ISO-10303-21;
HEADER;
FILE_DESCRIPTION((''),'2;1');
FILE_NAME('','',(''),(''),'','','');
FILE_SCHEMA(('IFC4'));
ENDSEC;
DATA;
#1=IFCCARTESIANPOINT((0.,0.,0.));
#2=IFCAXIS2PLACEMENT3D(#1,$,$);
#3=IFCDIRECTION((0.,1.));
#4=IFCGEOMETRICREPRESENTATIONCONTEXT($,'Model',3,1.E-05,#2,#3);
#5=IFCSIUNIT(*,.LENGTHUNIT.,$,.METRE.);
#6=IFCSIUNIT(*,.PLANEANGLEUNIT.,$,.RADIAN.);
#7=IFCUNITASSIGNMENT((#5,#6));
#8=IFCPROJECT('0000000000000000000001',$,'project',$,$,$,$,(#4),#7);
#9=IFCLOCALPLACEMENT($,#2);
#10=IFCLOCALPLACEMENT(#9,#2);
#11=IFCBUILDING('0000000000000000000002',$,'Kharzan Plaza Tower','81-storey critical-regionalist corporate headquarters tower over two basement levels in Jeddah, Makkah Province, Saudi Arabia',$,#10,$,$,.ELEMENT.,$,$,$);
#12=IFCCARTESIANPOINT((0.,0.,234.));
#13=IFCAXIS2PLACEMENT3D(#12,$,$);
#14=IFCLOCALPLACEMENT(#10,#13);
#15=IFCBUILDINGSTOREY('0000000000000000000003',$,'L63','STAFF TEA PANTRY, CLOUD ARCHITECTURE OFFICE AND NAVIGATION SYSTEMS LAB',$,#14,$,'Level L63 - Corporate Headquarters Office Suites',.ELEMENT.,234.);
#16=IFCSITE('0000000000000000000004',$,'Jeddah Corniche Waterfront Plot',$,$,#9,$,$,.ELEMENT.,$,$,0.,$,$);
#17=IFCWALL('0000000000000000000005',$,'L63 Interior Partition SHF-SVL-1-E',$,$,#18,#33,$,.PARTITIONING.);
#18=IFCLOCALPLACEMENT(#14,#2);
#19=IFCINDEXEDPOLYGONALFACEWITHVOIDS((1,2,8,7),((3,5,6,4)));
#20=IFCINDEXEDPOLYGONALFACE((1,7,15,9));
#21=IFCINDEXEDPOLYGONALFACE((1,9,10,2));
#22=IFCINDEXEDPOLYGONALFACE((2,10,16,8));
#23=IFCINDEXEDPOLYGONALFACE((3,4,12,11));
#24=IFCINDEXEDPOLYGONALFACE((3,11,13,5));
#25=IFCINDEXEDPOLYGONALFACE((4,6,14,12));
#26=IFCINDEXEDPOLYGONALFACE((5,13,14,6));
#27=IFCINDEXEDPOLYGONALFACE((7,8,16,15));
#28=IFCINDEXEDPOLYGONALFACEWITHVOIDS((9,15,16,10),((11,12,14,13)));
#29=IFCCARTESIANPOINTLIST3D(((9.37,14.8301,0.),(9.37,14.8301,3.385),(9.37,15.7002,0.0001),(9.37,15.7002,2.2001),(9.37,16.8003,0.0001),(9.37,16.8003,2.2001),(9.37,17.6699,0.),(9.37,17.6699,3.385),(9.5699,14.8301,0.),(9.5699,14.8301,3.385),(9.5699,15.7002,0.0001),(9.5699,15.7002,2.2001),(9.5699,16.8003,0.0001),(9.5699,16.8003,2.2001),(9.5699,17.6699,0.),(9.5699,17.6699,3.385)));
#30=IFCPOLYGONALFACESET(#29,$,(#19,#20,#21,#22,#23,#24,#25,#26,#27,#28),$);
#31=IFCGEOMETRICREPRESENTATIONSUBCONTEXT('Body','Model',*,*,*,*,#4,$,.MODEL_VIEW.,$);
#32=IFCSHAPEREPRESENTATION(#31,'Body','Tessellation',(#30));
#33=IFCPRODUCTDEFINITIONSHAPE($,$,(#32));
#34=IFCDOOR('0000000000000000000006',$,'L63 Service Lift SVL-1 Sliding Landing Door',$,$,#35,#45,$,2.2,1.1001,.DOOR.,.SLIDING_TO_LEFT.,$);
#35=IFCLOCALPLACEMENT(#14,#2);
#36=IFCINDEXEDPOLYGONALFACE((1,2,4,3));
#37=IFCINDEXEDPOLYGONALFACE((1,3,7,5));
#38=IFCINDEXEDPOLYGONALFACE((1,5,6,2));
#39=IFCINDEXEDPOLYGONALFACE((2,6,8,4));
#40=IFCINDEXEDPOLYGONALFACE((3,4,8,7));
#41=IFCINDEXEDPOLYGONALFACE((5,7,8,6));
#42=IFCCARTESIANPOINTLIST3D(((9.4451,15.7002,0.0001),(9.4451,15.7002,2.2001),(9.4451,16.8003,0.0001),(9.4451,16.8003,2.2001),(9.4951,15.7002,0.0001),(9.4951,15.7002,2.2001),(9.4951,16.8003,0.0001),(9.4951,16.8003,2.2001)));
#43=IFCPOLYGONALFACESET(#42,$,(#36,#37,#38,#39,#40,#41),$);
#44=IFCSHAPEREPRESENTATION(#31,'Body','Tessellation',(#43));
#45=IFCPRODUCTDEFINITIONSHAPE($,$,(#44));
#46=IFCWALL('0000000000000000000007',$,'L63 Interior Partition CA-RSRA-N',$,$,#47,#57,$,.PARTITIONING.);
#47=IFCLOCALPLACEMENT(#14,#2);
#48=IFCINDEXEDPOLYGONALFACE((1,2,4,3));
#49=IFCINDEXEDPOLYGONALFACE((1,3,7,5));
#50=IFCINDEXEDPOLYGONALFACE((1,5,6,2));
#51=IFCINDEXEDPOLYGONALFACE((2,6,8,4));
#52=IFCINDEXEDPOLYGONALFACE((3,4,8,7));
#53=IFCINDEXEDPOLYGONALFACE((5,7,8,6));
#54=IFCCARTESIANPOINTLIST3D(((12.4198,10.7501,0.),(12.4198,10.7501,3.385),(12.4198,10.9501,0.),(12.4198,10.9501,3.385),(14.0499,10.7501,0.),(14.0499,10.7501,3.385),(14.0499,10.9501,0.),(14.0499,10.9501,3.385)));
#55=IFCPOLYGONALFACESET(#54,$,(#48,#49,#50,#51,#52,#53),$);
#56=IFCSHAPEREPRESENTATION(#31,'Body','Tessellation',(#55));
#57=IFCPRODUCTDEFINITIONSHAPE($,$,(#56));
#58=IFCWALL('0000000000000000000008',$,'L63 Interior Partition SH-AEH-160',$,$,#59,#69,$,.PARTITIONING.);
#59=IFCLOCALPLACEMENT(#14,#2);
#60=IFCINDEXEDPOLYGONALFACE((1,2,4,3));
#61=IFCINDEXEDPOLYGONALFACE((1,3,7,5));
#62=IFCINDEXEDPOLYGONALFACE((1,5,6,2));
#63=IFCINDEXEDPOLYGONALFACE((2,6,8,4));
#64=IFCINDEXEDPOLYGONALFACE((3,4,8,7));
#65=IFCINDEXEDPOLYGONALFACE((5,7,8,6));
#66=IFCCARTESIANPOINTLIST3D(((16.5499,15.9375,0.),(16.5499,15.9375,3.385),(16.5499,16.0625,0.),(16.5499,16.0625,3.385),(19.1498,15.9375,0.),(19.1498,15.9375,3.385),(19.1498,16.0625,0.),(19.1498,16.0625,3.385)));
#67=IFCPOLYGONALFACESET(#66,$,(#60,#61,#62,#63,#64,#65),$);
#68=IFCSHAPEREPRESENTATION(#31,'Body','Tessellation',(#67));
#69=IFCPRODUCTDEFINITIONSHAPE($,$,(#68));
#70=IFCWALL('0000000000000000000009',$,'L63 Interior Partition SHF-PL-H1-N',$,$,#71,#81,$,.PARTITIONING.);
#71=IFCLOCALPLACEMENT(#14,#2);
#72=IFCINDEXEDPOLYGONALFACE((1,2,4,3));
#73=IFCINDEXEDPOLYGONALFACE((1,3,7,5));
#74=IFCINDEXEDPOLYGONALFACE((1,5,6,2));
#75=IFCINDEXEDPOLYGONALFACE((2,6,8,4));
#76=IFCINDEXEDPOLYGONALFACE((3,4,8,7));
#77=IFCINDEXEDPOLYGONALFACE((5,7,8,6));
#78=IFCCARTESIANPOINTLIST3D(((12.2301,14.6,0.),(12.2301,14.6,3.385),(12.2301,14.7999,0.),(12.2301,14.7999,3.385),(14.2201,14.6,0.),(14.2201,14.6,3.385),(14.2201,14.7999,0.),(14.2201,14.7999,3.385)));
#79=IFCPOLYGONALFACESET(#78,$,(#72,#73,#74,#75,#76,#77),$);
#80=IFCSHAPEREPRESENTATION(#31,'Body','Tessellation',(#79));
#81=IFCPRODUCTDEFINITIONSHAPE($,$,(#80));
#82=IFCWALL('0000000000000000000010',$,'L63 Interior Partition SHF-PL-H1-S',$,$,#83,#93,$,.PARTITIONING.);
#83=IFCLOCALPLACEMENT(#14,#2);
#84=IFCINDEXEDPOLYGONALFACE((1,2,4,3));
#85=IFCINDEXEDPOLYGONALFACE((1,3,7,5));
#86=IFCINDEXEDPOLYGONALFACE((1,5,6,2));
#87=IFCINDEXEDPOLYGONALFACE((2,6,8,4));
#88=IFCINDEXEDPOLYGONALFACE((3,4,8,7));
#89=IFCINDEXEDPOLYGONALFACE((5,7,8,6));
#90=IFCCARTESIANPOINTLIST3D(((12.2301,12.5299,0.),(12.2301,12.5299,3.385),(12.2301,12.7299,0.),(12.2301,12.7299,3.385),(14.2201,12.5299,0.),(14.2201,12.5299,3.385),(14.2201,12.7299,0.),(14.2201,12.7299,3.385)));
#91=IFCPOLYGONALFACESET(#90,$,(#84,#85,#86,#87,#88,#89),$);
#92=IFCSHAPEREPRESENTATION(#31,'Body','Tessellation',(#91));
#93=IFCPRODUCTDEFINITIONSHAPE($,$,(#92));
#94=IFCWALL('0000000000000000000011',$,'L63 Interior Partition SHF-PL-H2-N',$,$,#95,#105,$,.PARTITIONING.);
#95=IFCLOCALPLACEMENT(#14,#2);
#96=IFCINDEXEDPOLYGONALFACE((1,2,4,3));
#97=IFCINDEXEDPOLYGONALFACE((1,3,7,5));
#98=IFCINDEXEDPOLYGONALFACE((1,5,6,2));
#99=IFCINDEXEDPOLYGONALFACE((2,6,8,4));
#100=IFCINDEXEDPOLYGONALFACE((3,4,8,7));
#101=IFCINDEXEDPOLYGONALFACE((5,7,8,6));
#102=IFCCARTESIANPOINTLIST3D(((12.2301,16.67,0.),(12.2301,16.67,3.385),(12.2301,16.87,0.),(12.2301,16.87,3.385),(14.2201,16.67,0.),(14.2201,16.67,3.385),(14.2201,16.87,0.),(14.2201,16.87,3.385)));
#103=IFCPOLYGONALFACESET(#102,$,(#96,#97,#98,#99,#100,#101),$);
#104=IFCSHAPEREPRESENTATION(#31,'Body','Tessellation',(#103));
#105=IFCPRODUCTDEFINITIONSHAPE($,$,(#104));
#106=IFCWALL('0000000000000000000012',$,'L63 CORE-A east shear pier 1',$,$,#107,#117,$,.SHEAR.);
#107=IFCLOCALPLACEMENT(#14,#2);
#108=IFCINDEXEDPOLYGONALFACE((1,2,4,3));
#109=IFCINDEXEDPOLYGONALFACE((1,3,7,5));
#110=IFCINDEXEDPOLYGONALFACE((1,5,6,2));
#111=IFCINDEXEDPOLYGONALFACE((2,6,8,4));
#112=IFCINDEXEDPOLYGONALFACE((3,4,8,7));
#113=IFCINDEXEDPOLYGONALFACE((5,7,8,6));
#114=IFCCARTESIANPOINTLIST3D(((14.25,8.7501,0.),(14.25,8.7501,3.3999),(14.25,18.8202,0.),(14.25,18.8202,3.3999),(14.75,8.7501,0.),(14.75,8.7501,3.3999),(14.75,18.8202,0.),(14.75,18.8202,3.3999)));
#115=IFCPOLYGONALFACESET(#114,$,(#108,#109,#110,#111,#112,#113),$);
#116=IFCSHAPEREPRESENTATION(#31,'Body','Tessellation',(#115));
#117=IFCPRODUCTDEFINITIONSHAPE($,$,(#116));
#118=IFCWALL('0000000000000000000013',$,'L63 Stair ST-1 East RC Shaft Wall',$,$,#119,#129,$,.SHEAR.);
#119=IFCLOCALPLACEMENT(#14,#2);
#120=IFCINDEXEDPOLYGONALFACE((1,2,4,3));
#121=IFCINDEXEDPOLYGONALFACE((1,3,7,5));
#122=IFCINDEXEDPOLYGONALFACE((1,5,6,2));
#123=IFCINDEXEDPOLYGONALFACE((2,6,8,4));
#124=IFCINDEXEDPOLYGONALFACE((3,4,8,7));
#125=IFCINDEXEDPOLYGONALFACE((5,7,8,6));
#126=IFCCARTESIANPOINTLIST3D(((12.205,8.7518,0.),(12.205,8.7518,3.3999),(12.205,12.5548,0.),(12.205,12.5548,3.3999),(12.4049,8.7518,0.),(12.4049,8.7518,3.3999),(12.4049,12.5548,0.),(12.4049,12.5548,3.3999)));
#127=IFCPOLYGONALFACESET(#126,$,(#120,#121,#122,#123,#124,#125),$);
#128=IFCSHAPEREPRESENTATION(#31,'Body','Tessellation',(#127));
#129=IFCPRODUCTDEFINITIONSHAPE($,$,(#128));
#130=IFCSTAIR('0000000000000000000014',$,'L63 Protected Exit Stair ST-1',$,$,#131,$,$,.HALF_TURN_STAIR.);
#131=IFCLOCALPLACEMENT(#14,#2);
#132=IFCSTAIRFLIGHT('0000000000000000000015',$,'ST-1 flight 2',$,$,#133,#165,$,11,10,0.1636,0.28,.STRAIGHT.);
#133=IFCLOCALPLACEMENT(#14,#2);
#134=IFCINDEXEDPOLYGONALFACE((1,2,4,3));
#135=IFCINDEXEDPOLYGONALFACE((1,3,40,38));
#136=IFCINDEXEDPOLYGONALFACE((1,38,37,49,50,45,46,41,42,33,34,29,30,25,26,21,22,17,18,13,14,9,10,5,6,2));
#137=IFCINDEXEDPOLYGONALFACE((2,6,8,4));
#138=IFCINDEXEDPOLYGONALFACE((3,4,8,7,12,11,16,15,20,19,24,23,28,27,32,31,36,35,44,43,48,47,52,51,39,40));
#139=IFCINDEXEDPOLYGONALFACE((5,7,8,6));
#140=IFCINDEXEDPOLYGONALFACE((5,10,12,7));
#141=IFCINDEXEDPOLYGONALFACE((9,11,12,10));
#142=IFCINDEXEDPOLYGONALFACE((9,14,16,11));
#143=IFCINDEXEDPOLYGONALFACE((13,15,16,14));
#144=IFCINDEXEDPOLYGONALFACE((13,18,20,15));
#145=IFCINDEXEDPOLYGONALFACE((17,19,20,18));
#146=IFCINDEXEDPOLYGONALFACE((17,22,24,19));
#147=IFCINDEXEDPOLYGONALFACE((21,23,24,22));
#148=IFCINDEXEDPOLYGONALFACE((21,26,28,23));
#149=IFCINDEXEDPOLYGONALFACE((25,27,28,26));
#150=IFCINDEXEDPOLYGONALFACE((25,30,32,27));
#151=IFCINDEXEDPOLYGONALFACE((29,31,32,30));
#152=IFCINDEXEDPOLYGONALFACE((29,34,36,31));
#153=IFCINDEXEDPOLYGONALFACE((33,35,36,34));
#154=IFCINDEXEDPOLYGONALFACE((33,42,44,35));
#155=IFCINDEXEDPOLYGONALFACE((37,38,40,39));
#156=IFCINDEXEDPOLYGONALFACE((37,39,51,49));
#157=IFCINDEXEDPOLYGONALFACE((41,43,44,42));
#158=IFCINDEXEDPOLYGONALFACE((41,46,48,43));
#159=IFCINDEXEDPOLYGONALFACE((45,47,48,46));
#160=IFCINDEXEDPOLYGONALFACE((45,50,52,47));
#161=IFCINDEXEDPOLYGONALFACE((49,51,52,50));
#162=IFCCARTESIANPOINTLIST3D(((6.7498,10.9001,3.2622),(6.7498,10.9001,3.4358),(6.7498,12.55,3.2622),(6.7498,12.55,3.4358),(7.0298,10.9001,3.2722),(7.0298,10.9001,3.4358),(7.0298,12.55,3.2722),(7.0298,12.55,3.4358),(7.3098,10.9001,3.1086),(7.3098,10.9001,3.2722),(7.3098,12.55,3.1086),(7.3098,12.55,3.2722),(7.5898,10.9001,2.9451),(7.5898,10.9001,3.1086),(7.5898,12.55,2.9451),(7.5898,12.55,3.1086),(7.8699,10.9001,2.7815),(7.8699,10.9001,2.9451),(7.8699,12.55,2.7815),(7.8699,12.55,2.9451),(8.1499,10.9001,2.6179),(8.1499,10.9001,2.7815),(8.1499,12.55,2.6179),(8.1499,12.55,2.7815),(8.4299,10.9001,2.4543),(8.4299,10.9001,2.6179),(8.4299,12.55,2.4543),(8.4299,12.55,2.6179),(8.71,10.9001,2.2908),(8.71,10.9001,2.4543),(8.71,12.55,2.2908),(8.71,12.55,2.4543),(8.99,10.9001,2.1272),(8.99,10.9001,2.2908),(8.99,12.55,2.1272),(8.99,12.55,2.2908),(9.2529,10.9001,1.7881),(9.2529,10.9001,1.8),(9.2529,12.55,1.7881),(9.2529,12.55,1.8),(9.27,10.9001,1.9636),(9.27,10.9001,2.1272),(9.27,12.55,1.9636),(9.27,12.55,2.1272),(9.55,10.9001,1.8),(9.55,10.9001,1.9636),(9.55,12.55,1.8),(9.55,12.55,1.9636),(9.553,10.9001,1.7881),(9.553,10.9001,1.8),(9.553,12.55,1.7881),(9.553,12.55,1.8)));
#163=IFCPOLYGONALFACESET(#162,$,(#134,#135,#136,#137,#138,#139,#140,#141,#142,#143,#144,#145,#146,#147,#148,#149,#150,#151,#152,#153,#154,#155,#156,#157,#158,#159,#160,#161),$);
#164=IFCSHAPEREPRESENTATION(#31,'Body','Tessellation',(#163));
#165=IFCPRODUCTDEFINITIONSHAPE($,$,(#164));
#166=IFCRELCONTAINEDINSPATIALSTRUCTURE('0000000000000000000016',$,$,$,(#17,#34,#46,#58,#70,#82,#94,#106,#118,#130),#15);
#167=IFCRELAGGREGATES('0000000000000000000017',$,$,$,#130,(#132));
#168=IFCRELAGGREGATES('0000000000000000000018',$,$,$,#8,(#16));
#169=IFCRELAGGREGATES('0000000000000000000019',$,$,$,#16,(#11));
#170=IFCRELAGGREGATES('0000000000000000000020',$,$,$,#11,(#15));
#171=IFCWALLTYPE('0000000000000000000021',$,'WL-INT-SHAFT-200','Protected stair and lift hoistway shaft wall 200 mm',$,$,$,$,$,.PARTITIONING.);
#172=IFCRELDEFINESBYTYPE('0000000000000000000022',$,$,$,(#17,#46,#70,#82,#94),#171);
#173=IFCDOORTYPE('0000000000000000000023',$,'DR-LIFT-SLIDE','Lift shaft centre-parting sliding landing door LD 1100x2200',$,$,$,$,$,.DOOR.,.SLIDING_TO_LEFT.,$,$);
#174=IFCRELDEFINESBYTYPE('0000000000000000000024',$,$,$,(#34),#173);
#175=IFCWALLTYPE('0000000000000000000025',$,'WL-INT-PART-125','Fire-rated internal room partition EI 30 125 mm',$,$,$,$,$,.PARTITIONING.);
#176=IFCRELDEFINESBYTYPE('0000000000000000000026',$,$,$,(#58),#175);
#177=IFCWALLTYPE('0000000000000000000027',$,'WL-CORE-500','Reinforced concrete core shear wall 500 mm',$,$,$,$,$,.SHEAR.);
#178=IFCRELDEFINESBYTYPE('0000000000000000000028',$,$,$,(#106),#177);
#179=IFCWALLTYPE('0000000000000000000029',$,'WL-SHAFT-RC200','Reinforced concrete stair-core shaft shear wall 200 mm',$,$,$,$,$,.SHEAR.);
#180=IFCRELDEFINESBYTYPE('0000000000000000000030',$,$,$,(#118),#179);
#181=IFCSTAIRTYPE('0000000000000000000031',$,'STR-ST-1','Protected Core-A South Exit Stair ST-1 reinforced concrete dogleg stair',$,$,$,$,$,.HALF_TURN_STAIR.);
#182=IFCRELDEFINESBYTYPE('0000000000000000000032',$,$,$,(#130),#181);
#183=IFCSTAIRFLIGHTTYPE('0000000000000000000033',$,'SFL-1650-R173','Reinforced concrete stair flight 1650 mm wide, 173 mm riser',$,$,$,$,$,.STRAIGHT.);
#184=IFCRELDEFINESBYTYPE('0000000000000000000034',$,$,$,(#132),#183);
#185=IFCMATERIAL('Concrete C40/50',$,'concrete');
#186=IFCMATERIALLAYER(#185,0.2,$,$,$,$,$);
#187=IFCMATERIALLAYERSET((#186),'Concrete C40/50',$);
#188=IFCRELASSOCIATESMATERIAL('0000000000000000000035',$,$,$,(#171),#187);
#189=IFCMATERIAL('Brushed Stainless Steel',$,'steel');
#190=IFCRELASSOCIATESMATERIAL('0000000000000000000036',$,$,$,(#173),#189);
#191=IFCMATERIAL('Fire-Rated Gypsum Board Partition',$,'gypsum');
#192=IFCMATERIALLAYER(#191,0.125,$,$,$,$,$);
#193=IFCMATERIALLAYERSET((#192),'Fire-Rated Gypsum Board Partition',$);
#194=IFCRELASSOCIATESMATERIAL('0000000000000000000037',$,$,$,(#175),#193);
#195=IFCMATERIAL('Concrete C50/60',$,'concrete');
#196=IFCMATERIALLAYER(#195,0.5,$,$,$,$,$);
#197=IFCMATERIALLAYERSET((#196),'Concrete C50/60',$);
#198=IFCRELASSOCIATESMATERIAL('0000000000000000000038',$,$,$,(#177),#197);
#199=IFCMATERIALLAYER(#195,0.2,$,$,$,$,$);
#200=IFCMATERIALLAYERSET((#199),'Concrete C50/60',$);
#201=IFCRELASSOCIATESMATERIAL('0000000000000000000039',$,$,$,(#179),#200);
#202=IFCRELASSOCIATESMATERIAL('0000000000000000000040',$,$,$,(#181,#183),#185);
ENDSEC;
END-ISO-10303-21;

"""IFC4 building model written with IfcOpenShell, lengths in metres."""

from ifc_helpers import new_model, si_unit, direction, frame, frame_2d, origin, place, context, subcontext, project, spatial, polyline, rectangle, outline, extrude, source, transform, mapped, material, layer, layer_set, type_object, element, fill, aggregate, save


model = new_model("IFC4")

# Units and contexts
model_context = context("Model", 3, precision=1e-05, world=origin(), true_north=direction((0.0, 1.0)))
body_context = subcontext(model_context, "Body", "Model", "MODEL_VIEW")
ifc_project = project(units=[si_unit("LENGTHUNIT", "METRE"), si_unit("PLANEANGLEUNIT", "RADIAN")], contexts=[model_context])

# Site, building, storey
site_placement = place(None, origin())
site = spatial("IfcSite", under=ifc_project, at=site_placement, Name="Jeddah Corniche Waterfront Plot", CompositionType="ELEMENT", RefElevation=0.0)
building_placement = place(site_placement, origin())
building = spatial("IfcBuilding", under=site, at=building_placement, Name="Kharzan Plaza Tower", Description="81-storey critical-regionalist corporate headquarters tower over two basement levels in Jeddah, Makkah Province, Saudi Arabia", CompositionType="ELEMENT")
storey_placement = place(building_placement, frame((0.0, 0.0, 234.0)))
storey = spatial("IfcBuildingStorey", under=building, at=storey_placement, Name="L63", Description="STAFF TEA PANTRY, CLOUD ARCHITECTURE OFFICE AND NAVIGATION SYSTEMS LAB", LongName="Level L63 - Corporate Headquarters Office Suites", CompositionType="ELEMENT", Elevation=234.0)

# Wall, opening, door
ifc_material_1 = material(Name="Concrete C40/50", Category="concrete")
ifc_layer_1 = layer(ifc_material_1, 0.2)
ifc_layer_set_1 = layer_set([ifc_layer_1], Name="Concrete C40/50")
wall_type_1 = type_object("IfcWallType", Name="WL-INT-SHAFT-200", Description="Protected stair and lift hoistway shaft wall 200 mm", PredefinedType="PARTITIONING", material=ifc_layer_set_1)
ifc_material_2 = material(Name="Brushed Stainless Steel", Category="steel")
door_type = type_object("IfcDoorType", Name="DR-LIFT-SLIDE", Description="Lift shaft centre-parting sliding landing door LD 1100x2200", OperationType="SLIDING_TO_LEFT", PredefinedType="DOOR", material=ifc_material_2)
shared_shape_1 = source(origin(), body_context, "Body", "SweptSolid", [
    extrude(rectangle(XDim=1.1001, YDim=2.2, at=frame_2d((0.55, 1.1001))), frame((0.0, 0.0249, 0.0), z_axis=(0.0, -1.0, 0.0), x_axis=(1.0, 0.0, 0.0)), (0.0, 0.0, 1.0), 0.05),
])
wall_1_placement = place(storey_placement, frame((9.47, 14.8301, 0.0), z_axis=(0.0, 0.0, 1.0), x_axis=(0.0, 1.0, 0.0)))
wall_1 = element("IfcWall", 1, at=wall_1_placement, inside=storey, type_object=wall_type_1, Name="L63 Interior Partition SHF-SVL-1-E", PredefinedType="PARTITIONING", context=body_context, shape_type="SweptSolid", body=[
    extrude(rectangle(XDim=2.8398, YDim=0.2, at=frame_2d((1.4199, 0.0))), origin(), (0.0, 0.0, 1.0), 3.385),
])
opening_1_placement = place(wall_1_placement, frame((0.8701, 0.0, 0.0)))
opening_1 = element("IfcOpeningElement", 2, at=opening_1_placement, cuts=wall_1, PredefinedType="OPENING", context=body_context, shape_type="SweptSolid", body=[
    extrude(rectangle(XDim=1.1001, YDim=2.2, at=frame_2d((0.55, 1.1001))), frame((0.0, 0.1099, 0.0), z_axis=(0.0, -1.0, 0.0), x_axis=(1.0, 0.0, 0.0)), (0.0, 0.0, 1.0), 0.22),
])
door_1_placement = place(opening_1_placement, origin())
door_1 = element("IfcDoor", 3, at=door_1_placement, inside=storey, type_object=door_type, Name="L63 Service Lift SVL-1 Sliding Landing Door", OperationType="SLIDING_TO_LEFT", OverallHeight=2.2, OverallWidth=1.1001, PredefinedType="DOOR", context=body_context, shape_type="MappedRepresentation", body=[
    mapped(shared_shape_1, transform((0.0, 0.0, 0.0), x_axis=(1.0, 0.0, 0.0), y_axis=(0.0, 1.0, 0.0), z_axis=(0.0, 0.0, 1.0))),
])
fill(opening_1, door_1)

# Walls
shared_shape_2 = source(origin(), body_context, "Body", "SweptSolid", [
    extrude(rectangle(XDim=1.6301, YDim=0.2, at=frame_2d((0.8149, 0.0))), origin(), (0.0, 0.0, 1.0), 3.385),
])
wall_2_placement = place(storey_placement, frame((12.4199, 10.8501, 0.0), z_axis=(0.0, 0.0, 1.0), x_axis=(1.0, 0.0, 0.0)))
element("IfcWall", 4, at=wall_2_placement, inside=storey, type_object=wall_type_1, Name="L63 Interior Partition CA-RSRA-N", PredefinedType="PARTITIONING", context=body_context, shape_type="MappedRepresentation", body=[
    mapped(shared_shape_2, transform((0.0, 0.0, 0.0), x_axis=(1.0, 0.0, 0.0), y_axis=(0.0, 1.0, 0.0), z_axis=(0.0, 0.0, 1.0))),
])
ifc_material_3 = material(Name="Fire-Rated Gypsum Board Partition", Category="gypsum")
ifc_layer_2 = layer(ifc_material_3, 0.125)
ifc_layer_set_2 = layer_set([ifc_layer_2], Name="Fire-Rated Gypsum Board Partition")
wall_type_2 = type_object("IfcWallType", Name="WL-INT-PART-125", Description="Fire-rated internal room partition EI 30 125 mm", PredefinedType="PARTITIONING", material=ifc_layer_set_2)
shared_shape_3 = source(origin(), body_context, "Body", "SweptSolid", [
    extrude(rectangle(XDim=2.5999, YDim=0.125, at=frame_2d((1.2998, 0.0))), origin(), (0.0, 0.0, 1.0), 3.385),
])
wall_3_placement = place(storey_placement, frame((16.55, 16.0, 0.0), z_axis=(0.0, 0.0, 1.0), x_axis=(1.0, 0.0, 0.0)))
element("IfcWall", 5, at=wall_3_placement, inside=storey, type_object=wall_type_2, Name="L63 Interior Partition SH-AEH-160", PredefinedType="PARTITIONING", context=body_context, shape_type="MappedRepresentation", body=[
    mapped(shared_shape_3, transform((0.0, 0.0, 0.0), x_axis=(1.0, 0.0, 0.0), y_axis=(0.0, 1.0, 0.0), z_axis=(0.0, 0.0, 1.0))),
])
shared_shape_4 = source(origin(), body_context, "Body", "SweptSolid", [
    extrude(rectangle(XDim=1.99, YDim=0.2, at=frame_2d((0.9951, 0.0))), origin(), (0.0, 0.0, 1.0), 3.385),
])
for number, where, z_axis, x_axis, name in (
    (6, (12.23, 14.7, 0.0), (0.0, 0.0, 1.0), (1.0, 0.0, 0.0), "L63 Interior Partition SHF-PL-H1-N"),
    (7, (12.23, 12.6299, 0.0), (0.0, 0.0, 1.0), (1.0, 0.0, 0.0), "L63 Interior Partition SHF-PL-H1-S"),
    (8, (12.23, 16.77, 0.0), (0.0, 0.0, 1.0), (1.0, 0.0, 0.0), "L63 Interior Partition SHF-PL-H2-N"),
):
    element("IfcWall", number, at=place(storey_placement, frame(where, z_axis=z_axis, x_axis=x_axis)), inside=storey, type_object=wall_type_1, Name=name, PredefinedType="PARTITIONING", context=body_context, shape_type="MappedRepresentation", body=[
        mapped(shared_shape_4, transform((0.0, 0.0, 0.0), x_axis=(1.0, 0.0, 0.0), y_axis=(0.0, 1.0, 0.0), z_axis=(0.0, 0.0, 1.0))),
    ])
ifc_material_4 = material(Name="Concrete C50/60", Category="concrete")
ifc_layer_3 = layer(ifc_material_4, 0.5)
ifc_layer_set_3 = layer_set([ifc_layer_3], Name="Concrete C50/60")
wall_type_3 = type_object("IfcWallType", Name="WL-CORE-500", Description="Reinforced concrete core shear wall 500 mm", PredefinedType="SHEAR", material=ifc_layer_set_3)
shared_shape_5 = source(origin(), body_context, "Body", "SweptSolid", [
    extrude(rectangle(XDim=10.0701, YDim=0.5, at=frame_2d((5.0352, 0.0))), origin(), (0.0, 0.0, 1.0), 3.3999),
])
wall_4_placement = place(storey_placement, frame((14.5, 8.75, 0.0), z_axis=(0.0, 0.0, 1.0), x_axis=(0.0, 1.0, 0.0)))
element("IfcWall", 9, at=wall_4_placement, inside=storey, type_object=wall_type_3, Name="L63 CORE-A east shear pier 1", PredefinedType="SHEAR", context=body_context, shape_type="MappedRepresentation", body=[
    mapped(shared_shape_5, transform((0.0, 0.0, 0.0), x_axis=(1.0, 0.0, 0.0), y_axis=(0.0, 1.0, 0.0), z_axis=(0.0, 0.0, 1.0))),
])
ifc_layer_4 = layer(ifc_material_4, 0.2)
ifc_layer_set_4 = layer_set([ifc_layer_4], Name="Concrete C50/60")
wall_type_4 = type_object("IfcWallType", Name="WL-SHAFT-RC200", Description="Reinforced concrete stair-core shaft shear wall 200 mm", PredefinedType="SHEAR", material=ifc_layer_set_4)
shared_shape_6 = source(origin(), body_context, "Body", "SweptSolid", [
    extrude(rectangle(XDim=3.803, YDim=0.2, at=frame_2d((1.9014, 0.0))), origin(), (0.0, 0.0, 1.0), 3.3999),
])
wall_5_placement = place(storey_placement, frame((12.3049, 8.752, 0.0), z_axis=(0.0, 0.0, 1.0), x_axis=(0.0, 1.0, 0.0)))
element("IfcWall", 10, at=wall_5_placement, inside=storey, type_object=wall_type_4, Name="L63 Stair ST-1 East RC Shaft Wall", PredefinedType="SHEAR", context=body_context, shape_type="MappedRepresentation", body=[
    mapped(shared_shape_6, transform((0.0, 0.0, 0.0), x_axis=(1.0, 0.0, 0.0), y_axis=(0.0, 1.0, 0.0), z_axis=(0.0, 0.0, 1.0))),
])

# Stair, stair flight
stair_type = type_object("IfcStairType", Name="STR-ST-1", Description="Protected Core-A South Exit Stair ST-1 reinforced concrete dogleg stair", PredefinedType="HALF_TURN_STAIR", material=ifc_material_1)
stair_placement = place(storey_placement, origin())
stair = element("IfcStair", 11, at=stair_placement, inside=storey, type_object=stair_type, Name="L63 Protected Exit Stair ST-1", PredefinedType="HALF_TURN_STAIR")
stair_flight_type = type_object("IfcStairFlightType", Name="SFL-1650-R173", Description="Reinforced concrete stair flight 1650 mm wide, 173 mm riser", PredefinedType="STRAIGHT", material=ifc_material_1)
shared_shape_7 = source(origin(), body_context, "Body", "SweptSolid", [
    extrude(outline(polyline([(-0.0029, -0.012), (-0.0029, 0.0), (0.0, 0.0), (0.0, 0.1636), (0.28, 0.1636), (0.28, 0.3271), (0.5601, 0.3271), (0.5601, 0.4907), (0.8401, 0.4907), (0.8401, 0.6543), (1.1201, 0.6543), (1.1201, 0.8179), (1.4001, 0.8179), (1.4001, 0.9814), (1.6802, 0.9814), (1.6802, 1.145), (1.9602, 1.145), (1.9602, 1.3086), (2.2402, 1.3086), (2.2402, 1.4722), (2.5203, 1.4722), (2.5203, 1.6357), (2.8003, 1.6357), (2.8003, 1.7993), (2.8003, 1.4622), (0.2971, 0.0), (0.2971, -0.012), (-0.0029, -0.012)])), frame((0.0, 0.825, 0.0), z_axis=(0.0, -1.0, 0.0), x_axis=(1.0, 0.0, 0.0)), (0.0, 0.0, 1.0), 1.6499),
])
stair_flight_placement = place(storey_placement, frame((9.55, 11.7251, 1.8), z_axis=(0.0, 0.0, 1.0), x_axis=(-1.0, 0.0, 0.0)))
stair_flight = element("IfcStairFlight", 12, at=stair_flight_placement, type_object=stair_flight_type, Name="ST-1 flight 2", NumberOfRisers=11, NumberOfTreads=10, PredefinedType="STRAIGHT", RiserHeight=0.1636, TreadLength=0.28, context=body_context, shape_type="MappedRepresentation", body=[
    mapped(shared_shape_7, transform((0.0, 0.0, 0.0), x_axis=(1.0, 0.0, 0.0), y_axis=(0.0, 1.0, 0.0), z_axis=(0.0, 0.0, 1.0))),
])
aggregate(stair, [stair_flight])

save(model, "model.ifc")
